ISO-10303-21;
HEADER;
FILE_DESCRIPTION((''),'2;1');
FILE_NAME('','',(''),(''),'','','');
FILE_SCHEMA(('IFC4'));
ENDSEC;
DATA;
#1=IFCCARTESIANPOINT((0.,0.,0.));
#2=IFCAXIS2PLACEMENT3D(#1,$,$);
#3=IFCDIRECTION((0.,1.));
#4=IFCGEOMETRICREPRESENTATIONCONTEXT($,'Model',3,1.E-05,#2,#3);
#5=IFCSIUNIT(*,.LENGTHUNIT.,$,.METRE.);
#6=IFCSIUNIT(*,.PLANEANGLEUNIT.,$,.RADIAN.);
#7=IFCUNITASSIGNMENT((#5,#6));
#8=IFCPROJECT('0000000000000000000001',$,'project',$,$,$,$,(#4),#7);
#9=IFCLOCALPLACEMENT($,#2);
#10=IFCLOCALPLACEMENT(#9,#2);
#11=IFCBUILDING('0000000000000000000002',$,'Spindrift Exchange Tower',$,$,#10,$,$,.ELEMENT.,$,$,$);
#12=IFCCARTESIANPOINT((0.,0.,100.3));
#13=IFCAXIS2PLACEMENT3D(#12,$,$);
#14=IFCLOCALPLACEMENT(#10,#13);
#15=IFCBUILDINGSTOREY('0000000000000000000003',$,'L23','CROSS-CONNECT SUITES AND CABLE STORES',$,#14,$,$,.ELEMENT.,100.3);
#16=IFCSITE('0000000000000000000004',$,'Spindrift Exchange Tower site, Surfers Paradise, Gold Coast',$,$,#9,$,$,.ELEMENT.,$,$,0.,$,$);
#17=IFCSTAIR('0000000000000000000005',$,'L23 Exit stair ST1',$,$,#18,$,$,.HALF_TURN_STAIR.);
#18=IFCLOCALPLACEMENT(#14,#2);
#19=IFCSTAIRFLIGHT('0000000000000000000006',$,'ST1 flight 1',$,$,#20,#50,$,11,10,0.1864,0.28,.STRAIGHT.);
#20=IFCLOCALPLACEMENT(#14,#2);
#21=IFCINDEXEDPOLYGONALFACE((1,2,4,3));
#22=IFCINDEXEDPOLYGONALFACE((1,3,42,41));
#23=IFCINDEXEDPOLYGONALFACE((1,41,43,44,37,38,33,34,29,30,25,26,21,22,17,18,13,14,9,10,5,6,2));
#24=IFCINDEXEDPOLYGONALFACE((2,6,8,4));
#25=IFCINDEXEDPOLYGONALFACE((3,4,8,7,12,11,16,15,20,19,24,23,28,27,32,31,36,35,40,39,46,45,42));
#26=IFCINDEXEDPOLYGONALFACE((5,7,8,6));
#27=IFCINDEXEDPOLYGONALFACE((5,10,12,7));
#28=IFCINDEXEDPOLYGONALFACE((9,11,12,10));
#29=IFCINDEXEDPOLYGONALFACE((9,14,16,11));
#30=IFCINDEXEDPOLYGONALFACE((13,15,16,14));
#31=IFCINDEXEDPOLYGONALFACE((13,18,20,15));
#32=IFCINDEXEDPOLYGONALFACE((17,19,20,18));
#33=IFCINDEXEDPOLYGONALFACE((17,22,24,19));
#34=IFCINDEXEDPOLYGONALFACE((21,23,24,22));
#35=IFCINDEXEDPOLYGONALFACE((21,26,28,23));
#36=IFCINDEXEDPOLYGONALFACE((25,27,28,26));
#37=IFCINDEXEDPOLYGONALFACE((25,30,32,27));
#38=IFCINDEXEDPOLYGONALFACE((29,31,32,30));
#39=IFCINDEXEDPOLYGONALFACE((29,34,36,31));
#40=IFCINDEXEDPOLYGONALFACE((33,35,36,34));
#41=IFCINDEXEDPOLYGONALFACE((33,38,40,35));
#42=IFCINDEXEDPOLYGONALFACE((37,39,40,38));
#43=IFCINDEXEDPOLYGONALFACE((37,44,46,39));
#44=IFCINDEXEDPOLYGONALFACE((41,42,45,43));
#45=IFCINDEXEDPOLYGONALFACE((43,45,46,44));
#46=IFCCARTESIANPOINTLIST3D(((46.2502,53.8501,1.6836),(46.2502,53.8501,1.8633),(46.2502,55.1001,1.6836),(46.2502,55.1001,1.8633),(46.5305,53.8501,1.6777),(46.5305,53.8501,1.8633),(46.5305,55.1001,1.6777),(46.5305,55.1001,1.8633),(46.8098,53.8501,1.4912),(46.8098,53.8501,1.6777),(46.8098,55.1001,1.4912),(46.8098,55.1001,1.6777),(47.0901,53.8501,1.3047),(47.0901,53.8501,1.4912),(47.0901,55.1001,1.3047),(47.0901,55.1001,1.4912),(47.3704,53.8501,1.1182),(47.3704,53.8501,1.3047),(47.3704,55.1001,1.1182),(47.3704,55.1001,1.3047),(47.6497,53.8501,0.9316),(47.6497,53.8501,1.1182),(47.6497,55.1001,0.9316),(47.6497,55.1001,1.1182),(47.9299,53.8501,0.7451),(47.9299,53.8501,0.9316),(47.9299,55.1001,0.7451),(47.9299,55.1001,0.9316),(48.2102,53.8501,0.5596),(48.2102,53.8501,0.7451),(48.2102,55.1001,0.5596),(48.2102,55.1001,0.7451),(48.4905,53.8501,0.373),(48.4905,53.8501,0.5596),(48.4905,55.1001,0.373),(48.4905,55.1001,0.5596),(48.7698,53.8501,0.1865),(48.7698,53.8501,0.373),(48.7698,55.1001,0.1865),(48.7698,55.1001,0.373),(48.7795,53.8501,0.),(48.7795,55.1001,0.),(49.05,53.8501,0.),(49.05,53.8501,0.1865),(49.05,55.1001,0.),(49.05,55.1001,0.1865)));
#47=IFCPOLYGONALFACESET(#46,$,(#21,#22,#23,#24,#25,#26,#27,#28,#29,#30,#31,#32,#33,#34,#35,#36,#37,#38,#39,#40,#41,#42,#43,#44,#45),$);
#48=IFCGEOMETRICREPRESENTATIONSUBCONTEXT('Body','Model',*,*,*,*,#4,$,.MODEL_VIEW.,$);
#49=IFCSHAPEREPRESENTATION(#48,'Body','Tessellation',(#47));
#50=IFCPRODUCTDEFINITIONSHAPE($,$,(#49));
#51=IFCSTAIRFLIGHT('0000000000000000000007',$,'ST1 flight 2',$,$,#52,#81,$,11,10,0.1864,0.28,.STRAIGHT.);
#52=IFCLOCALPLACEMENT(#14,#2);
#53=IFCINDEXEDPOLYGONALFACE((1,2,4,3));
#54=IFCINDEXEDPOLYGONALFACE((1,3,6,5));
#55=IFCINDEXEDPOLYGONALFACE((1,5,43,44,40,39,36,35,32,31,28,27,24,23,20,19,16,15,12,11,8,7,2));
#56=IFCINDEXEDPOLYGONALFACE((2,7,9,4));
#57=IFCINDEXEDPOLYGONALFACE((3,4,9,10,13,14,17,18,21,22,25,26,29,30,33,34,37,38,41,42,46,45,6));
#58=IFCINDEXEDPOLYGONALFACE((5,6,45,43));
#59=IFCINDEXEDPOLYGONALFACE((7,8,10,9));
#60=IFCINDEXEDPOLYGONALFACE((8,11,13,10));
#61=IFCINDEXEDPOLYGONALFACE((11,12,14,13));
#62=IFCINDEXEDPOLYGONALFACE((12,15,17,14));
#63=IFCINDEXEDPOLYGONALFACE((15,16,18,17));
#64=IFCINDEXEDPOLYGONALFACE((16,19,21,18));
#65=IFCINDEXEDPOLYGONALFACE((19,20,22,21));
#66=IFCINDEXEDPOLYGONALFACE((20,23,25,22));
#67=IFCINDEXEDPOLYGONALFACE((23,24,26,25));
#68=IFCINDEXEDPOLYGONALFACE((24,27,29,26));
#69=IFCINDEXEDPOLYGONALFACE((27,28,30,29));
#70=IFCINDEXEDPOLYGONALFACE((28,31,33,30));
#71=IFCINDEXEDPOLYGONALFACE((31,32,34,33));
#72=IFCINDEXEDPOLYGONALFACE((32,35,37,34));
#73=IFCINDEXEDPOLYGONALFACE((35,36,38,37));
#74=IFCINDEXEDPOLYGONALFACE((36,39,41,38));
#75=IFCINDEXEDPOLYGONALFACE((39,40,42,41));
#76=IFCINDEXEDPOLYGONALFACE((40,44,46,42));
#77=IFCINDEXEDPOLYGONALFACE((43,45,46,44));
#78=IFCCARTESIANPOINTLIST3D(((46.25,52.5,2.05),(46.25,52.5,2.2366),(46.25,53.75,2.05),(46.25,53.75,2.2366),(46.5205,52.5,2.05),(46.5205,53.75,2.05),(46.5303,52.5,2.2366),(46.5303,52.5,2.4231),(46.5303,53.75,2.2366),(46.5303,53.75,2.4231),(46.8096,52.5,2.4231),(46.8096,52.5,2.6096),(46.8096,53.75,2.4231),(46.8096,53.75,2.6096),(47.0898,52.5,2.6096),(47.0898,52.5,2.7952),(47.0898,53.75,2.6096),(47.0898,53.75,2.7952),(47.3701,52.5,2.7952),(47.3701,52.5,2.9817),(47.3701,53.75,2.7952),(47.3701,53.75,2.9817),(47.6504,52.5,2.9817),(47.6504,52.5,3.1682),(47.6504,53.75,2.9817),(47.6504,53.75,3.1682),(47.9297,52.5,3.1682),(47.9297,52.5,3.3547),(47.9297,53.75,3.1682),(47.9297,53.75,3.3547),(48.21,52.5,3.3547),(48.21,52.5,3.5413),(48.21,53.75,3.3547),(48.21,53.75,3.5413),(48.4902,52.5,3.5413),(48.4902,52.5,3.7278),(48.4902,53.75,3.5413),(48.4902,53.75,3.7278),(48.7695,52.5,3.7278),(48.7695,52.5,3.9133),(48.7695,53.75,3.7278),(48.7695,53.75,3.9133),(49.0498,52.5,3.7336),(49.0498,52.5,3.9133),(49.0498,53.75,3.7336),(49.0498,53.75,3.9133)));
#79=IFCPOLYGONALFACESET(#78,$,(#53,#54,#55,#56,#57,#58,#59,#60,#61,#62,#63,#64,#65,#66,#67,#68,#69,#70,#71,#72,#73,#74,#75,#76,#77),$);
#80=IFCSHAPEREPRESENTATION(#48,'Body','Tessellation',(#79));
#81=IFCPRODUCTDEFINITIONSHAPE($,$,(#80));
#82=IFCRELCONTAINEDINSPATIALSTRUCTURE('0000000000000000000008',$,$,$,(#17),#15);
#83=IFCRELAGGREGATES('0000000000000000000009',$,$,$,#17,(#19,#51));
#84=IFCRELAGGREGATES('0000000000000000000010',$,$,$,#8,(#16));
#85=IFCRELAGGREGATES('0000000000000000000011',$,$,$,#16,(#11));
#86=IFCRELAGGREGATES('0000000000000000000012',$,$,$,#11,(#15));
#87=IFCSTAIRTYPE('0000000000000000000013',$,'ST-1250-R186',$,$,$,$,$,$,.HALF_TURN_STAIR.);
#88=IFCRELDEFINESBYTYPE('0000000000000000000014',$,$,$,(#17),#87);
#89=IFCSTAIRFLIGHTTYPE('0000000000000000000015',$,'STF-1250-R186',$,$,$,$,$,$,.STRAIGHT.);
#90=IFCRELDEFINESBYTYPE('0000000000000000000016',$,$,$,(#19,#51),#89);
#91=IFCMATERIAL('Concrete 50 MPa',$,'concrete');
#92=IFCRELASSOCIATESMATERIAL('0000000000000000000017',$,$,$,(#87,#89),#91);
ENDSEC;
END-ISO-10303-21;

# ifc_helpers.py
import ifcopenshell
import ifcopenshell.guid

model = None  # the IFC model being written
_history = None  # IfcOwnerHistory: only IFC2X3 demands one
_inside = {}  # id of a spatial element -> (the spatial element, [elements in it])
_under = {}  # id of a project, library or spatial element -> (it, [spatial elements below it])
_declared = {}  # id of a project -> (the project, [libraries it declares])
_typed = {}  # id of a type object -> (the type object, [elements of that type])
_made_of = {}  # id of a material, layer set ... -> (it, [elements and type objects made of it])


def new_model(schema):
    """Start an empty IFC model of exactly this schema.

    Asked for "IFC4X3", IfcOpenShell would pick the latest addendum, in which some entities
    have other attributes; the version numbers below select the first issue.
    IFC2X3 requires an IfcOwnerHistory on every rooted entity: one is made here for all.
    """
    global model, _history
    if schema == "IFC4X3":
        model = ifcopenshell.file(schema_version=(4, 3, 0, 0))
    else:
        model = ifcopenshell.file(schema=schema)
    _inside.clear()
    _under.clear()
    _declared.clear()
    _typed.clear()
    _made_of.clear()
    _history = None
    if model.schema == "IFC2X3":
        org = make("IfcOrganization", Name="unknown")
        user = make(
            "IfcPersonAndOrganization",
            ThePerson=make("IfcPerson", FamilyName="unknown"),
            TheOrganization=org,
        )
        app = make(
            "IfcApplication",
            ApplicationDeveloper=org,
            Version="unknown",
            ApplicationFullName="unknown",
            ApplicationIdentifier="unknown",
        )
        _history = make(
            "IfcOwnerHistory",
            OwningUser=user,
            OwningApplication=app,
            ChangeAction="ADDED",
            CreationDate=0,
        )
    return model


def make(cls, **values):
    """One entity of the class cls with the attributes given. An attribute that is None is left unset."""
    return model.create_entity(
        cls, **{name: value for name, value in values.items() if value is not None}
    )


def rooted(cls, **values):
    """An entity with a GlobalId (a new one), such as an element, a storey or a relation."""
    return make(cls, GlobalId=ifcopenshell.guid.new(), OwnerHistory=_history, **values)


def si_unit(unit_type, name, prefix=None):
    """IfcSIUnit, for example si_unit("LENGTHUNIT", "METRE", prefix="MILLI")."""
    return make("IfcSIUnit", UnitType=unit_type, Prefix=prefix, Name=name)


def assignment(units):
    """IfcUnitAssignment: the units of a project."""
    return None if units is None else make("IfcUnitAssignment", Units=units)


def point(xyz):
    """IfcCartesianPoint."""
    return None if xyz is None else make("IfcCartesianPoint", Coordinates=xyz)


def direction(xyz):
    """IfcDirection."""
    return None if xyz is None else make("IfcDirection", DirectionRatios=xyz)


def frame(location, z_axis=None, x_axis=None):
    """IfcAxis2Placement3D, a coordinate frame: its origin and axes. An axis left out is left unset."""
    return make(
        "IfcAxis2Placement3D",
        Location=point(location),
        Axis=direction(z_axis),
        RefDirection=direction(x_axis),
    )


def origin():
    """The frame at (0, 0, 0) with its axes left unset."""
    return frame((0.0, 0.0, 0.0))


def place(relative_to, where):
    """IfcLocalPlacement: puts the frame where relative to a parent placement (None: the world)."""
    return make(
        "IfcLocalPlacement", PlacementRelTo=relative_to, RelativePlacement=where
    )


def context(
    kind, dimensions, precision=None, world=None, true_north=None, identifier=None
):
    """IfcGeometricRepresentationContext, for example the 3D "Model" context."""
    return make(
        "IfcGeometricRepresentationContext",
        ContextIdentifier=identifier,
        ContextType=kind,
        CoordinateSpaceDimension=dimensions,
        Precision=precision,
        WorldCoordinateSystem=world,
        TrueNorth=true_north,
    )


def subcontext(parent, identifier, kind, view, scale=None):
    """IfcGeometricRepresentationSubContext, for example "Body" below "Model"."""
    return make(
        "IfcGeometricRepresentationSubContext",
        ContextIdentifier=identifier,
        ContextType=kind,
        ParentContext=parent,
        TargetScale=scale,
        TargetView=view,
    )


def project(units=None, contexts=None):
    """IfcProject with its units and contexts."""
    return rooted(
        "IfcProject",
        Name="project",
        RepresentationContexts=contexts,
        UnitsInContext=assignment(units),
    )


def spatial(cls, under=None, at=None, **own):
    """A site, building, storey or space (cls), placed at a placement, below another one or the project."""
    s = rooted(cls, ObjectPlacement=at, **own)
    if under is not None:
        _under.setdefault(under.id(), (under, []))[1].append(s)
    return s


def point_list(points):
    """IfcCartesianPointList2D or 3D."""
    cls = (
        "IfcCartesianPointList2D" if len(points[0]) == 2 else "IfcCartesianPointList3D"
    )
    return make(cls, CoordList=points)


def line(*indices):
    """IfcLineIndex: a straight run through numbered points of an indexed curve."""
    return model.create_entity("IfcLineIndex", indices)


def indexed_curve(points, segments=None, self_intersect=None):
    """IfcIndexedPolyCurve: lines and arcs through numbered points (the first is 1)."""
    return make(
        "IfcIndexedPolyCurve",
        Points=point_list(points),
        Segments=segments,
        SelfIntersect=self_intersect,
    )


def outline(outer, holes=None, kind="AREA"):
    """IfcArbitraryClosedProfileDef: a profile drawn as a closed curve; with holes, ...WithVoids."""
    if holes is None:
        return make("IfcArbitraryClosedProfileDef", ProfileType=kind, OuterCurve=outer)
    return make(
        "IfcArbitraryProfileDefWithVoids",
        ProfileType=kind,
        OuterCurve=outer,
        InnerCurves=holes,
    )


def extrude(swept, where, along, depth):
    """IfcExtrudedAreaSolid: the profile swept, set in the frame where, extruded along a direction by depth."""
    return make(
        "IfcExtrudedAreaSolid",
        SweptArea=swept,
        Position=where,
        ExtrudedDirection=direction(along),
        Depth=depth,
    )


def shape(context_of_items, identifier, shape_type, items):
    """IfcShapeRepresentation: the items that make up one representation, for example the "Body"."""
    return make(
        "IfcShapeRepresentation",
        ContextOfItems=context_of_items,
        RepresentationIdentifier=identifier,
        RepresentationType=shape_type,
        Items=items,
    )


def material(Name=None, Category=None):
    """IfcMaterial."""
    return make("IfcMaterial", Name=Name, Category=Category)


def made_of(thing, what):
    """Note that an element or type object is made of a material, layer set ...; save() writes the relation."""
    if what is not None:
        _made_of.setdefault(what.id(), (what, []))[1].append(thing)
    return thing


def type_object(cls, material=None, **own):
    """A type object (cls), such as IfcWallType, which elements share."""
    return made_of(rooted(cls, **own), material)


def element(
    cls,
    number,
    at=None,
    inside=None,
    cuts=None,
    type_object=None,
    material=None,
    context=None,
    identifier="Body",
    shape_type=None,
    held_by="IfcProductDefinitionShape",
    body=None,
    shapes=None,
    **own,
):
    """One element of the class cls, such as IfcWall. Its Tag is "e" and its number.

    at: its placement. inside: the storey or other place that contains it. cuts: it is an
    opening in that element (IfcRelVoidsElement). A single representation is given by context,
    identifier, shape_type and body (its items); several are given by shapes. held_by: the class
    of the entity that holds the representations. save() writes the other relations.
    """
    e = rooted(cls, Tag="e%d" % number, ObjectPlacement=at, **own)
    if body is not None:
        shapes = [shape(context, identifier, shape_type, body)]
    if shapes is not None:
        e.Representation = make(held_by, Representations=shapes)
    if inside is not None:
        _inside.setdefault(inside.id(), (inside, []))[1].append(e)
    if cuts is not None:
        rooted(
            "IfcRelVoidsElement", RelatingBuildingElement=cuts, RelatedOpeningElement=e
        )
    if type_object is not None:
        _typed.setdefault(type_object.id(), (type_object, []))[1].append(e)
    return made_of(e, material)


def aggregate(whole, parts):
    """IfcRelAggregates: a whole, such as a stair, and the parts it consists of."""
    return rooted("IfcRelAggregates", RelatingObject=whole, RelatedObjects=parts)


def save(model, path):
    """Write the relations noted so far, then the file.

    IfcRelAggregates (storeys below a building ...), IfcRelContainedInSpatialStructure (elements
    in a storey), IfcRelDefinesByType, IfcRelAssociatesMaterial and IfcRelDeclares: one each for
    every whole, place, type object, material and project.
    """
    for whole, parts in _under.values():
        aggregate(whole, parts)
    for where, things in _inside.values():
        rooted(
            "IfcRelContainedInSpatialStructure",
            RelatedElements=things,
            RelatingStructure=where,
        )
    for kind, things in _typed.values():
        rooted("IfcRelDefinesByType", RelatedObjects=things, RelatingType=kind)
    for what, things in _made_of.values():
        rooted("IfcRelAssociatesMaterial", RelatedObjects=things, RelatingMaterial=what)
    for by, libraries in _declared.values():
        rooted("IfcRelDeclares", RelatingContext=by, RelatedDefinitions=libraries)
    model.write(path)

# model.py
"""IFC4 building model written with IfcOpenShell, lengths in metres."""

from ifc_helpers import new_model, si_unit, direction, frame, origin, place, context, subcontext, project, spatial, line, indexed_curve, outline, extrude, material, type_object, element, aggregate, save


model = new_model("IFC4")

# Units and contexts
model_context = context("Model", 3, precision=1e-05, world=origin(), true_north=direction((0.0, 1.0)))
body_context = subcontext(model_context, "Body", "Model", "MODEL_VIEW")
ifc_project = project(units=[si_unit("LENGTHUNIT", "METRE"), si_unit("PLANEANGLEUNIT", "RADIAN")], contexts=[model_context])

# Site, building, storey
site_placement = place(None, origin())
site = spatial("IfcSite", under=ifc_project, at=site_placement, Name="Spindrift Exchange Tower site, Surfers Paradise, Gold Coast", CompositionType="ELEMENT", RefElevation=0.0)
building_placement = place(site_placement, origin())
building = spatial("IfcBuilding", under=site, at=building_placement, Name="Spindrift Exchange Tower", CompositionType="ELEMENT")
storey_placement = place(building_placement, frame((0.0, 0.0, 100.3)))
storey = spatial("IfcBuildingStorey", under=building, at=storey_placement, Name="L23", Description="CROSS-CONNECT SUITES AND CABLE STORES", CompositionType="ELEMENT", Elevation=100.3)

# Stair, stair flights
ifc_material_1 = material(Name="Concrete 50 MPa", Category="concrete")
stair_type = type_object("IfcStairType", Name="ST-1250-R186", PredefinedType="HALF_TURN_STAIR", material=ifc_material_1)
stair_placement = place(storey_placement, origin())
stair = element("IfcStair", 1, at=stair_placement, inside=storey, type_object=stair_type, Name="L23 Exit stair ST1", PredefinedType="HALF_TURN_STAIR")
stair_flight_type = type_object("IfcStairFlightType", Name="STF-1250-R186", PredefinedType="STRAIGHT", material=ifc_material_1)
stair_flight_1_placement = place(storey_placement, frame((49.05, 54.4751, 0.0), z_axis=(0.0, 0.0, 1.0), x_axis=(-1.0, 0.0, 0.0)))
stair_flight_1 = element("IfcStairFlight", 2, at=stair_flight_1_placement, type_object=stair_flight_type, Name="ST1 flight 1", NumberOfRisers=11, NumberOfTreads=10, PredefinedType="STRAIGHT", RiserHeight=0.1864, TreadLength=0.28, context=body_context, shape_type="SweptSolid", body=[
    extrude(outline(indexed_curve([(0.0, 0.0), (0.0, 0.1865), (0.2803, 0.1865), (0.2803, 0.373), (0.5596, 0.373), (0.5596, 0.5596), (0.8398, 0.5596), (0.8398, 0.7451), (1.1201, 0.7451), (1.1201, 0.9316), (1.4004, 0.9316), (1.4004, 1.1182), (1.6797, 1.1182), (1.6797, 1.3047), (1.96, 1.3047), (1.96, 1.4912), (2.2402, 1.4912), (2.2402, 1.6777), (2.5195, 1.6777), (2.5195, 1.8633), (2.7998, 1.8633), (2.7998, 2.0498), (2.7998, 1.6836), (0.2705, 0.0)], segments=[line(1, 2, 3, 4, 5, 6, 7, 8, 9, 10, 11, 12, 13, 14, 15, 16, 17, 18, 19, 20, 21, 22, 23, 24, 1)], self_intersect=False)), frame((0.0, 0.625, 0.0), z_axis=(0.0, -1.0, 0.0), x_axis=(1.0, 0.0, 0.0)), (0.0, 0.0, 1.0), 1.25),
])
stair_flight_2_placement = place(storey_placement, frame((46.25, 53.125, 2.05), z_axis=(0.0, 0.0, 1.0), x_axis=(1.0, 0.0, 0.0)))
stair_flight_2 = element("IfcStairFlight", 3, at=stair_flight_2_placement, type_object=stair_flight_type, Name="ST1 flight 2", NumberOfRisers=11, NumberOfTreads=10, PredefinedType="STRAIGHT", RiserHeight=0.1864, TreadLength=0.28, context=body_context, shape_type="SweptSolid", body=[
    extrude(outline(indexed_curve([(0.0, 0.0), (0.0, 0.1865), (0.2803, 0.1865), (0.2803, 0.373), (0.5596, 0.373), (0.5596, 0.5596), (0.8398, 0.5596), (0.8398, 0.7451), (1.1201, 0.7451), (1.1201, 0.9316), (1.4004, 0.9316), (1.4004, 1.1182), (1.6797, 1.1182), (1.6797, 1.3047), (1.96, 1.3047), (1.96, 1.4912), (2.2402, 1.4912), (2.2402, 1.6777), (2.5195, 1.6777), (2.5195, 1.8633), (2.7998, 1.8633), (2.7998, 2.0498), (2.7998, 1.6836), (0.2705, 0.0)], segments=[line(1, 2, 3, 4, 5, 6, 7, 8, 9, 10, 11, 12, 13, 14, 15, 16, 17, 18, 19, 20, 21, 22, 23, 24, 1)], self_intersect=False)), frame((0.0, 0.625, 0.0), z_axis=(0.0, -1.0, 0.0), x_axis=(1.0, 0.0, 0.0)), (0.0, 0.0, 1.0), 1.25),
])
aggregate(stair, [stair_flight_1, stair_flight_2])

save(model, "model.ifc")
